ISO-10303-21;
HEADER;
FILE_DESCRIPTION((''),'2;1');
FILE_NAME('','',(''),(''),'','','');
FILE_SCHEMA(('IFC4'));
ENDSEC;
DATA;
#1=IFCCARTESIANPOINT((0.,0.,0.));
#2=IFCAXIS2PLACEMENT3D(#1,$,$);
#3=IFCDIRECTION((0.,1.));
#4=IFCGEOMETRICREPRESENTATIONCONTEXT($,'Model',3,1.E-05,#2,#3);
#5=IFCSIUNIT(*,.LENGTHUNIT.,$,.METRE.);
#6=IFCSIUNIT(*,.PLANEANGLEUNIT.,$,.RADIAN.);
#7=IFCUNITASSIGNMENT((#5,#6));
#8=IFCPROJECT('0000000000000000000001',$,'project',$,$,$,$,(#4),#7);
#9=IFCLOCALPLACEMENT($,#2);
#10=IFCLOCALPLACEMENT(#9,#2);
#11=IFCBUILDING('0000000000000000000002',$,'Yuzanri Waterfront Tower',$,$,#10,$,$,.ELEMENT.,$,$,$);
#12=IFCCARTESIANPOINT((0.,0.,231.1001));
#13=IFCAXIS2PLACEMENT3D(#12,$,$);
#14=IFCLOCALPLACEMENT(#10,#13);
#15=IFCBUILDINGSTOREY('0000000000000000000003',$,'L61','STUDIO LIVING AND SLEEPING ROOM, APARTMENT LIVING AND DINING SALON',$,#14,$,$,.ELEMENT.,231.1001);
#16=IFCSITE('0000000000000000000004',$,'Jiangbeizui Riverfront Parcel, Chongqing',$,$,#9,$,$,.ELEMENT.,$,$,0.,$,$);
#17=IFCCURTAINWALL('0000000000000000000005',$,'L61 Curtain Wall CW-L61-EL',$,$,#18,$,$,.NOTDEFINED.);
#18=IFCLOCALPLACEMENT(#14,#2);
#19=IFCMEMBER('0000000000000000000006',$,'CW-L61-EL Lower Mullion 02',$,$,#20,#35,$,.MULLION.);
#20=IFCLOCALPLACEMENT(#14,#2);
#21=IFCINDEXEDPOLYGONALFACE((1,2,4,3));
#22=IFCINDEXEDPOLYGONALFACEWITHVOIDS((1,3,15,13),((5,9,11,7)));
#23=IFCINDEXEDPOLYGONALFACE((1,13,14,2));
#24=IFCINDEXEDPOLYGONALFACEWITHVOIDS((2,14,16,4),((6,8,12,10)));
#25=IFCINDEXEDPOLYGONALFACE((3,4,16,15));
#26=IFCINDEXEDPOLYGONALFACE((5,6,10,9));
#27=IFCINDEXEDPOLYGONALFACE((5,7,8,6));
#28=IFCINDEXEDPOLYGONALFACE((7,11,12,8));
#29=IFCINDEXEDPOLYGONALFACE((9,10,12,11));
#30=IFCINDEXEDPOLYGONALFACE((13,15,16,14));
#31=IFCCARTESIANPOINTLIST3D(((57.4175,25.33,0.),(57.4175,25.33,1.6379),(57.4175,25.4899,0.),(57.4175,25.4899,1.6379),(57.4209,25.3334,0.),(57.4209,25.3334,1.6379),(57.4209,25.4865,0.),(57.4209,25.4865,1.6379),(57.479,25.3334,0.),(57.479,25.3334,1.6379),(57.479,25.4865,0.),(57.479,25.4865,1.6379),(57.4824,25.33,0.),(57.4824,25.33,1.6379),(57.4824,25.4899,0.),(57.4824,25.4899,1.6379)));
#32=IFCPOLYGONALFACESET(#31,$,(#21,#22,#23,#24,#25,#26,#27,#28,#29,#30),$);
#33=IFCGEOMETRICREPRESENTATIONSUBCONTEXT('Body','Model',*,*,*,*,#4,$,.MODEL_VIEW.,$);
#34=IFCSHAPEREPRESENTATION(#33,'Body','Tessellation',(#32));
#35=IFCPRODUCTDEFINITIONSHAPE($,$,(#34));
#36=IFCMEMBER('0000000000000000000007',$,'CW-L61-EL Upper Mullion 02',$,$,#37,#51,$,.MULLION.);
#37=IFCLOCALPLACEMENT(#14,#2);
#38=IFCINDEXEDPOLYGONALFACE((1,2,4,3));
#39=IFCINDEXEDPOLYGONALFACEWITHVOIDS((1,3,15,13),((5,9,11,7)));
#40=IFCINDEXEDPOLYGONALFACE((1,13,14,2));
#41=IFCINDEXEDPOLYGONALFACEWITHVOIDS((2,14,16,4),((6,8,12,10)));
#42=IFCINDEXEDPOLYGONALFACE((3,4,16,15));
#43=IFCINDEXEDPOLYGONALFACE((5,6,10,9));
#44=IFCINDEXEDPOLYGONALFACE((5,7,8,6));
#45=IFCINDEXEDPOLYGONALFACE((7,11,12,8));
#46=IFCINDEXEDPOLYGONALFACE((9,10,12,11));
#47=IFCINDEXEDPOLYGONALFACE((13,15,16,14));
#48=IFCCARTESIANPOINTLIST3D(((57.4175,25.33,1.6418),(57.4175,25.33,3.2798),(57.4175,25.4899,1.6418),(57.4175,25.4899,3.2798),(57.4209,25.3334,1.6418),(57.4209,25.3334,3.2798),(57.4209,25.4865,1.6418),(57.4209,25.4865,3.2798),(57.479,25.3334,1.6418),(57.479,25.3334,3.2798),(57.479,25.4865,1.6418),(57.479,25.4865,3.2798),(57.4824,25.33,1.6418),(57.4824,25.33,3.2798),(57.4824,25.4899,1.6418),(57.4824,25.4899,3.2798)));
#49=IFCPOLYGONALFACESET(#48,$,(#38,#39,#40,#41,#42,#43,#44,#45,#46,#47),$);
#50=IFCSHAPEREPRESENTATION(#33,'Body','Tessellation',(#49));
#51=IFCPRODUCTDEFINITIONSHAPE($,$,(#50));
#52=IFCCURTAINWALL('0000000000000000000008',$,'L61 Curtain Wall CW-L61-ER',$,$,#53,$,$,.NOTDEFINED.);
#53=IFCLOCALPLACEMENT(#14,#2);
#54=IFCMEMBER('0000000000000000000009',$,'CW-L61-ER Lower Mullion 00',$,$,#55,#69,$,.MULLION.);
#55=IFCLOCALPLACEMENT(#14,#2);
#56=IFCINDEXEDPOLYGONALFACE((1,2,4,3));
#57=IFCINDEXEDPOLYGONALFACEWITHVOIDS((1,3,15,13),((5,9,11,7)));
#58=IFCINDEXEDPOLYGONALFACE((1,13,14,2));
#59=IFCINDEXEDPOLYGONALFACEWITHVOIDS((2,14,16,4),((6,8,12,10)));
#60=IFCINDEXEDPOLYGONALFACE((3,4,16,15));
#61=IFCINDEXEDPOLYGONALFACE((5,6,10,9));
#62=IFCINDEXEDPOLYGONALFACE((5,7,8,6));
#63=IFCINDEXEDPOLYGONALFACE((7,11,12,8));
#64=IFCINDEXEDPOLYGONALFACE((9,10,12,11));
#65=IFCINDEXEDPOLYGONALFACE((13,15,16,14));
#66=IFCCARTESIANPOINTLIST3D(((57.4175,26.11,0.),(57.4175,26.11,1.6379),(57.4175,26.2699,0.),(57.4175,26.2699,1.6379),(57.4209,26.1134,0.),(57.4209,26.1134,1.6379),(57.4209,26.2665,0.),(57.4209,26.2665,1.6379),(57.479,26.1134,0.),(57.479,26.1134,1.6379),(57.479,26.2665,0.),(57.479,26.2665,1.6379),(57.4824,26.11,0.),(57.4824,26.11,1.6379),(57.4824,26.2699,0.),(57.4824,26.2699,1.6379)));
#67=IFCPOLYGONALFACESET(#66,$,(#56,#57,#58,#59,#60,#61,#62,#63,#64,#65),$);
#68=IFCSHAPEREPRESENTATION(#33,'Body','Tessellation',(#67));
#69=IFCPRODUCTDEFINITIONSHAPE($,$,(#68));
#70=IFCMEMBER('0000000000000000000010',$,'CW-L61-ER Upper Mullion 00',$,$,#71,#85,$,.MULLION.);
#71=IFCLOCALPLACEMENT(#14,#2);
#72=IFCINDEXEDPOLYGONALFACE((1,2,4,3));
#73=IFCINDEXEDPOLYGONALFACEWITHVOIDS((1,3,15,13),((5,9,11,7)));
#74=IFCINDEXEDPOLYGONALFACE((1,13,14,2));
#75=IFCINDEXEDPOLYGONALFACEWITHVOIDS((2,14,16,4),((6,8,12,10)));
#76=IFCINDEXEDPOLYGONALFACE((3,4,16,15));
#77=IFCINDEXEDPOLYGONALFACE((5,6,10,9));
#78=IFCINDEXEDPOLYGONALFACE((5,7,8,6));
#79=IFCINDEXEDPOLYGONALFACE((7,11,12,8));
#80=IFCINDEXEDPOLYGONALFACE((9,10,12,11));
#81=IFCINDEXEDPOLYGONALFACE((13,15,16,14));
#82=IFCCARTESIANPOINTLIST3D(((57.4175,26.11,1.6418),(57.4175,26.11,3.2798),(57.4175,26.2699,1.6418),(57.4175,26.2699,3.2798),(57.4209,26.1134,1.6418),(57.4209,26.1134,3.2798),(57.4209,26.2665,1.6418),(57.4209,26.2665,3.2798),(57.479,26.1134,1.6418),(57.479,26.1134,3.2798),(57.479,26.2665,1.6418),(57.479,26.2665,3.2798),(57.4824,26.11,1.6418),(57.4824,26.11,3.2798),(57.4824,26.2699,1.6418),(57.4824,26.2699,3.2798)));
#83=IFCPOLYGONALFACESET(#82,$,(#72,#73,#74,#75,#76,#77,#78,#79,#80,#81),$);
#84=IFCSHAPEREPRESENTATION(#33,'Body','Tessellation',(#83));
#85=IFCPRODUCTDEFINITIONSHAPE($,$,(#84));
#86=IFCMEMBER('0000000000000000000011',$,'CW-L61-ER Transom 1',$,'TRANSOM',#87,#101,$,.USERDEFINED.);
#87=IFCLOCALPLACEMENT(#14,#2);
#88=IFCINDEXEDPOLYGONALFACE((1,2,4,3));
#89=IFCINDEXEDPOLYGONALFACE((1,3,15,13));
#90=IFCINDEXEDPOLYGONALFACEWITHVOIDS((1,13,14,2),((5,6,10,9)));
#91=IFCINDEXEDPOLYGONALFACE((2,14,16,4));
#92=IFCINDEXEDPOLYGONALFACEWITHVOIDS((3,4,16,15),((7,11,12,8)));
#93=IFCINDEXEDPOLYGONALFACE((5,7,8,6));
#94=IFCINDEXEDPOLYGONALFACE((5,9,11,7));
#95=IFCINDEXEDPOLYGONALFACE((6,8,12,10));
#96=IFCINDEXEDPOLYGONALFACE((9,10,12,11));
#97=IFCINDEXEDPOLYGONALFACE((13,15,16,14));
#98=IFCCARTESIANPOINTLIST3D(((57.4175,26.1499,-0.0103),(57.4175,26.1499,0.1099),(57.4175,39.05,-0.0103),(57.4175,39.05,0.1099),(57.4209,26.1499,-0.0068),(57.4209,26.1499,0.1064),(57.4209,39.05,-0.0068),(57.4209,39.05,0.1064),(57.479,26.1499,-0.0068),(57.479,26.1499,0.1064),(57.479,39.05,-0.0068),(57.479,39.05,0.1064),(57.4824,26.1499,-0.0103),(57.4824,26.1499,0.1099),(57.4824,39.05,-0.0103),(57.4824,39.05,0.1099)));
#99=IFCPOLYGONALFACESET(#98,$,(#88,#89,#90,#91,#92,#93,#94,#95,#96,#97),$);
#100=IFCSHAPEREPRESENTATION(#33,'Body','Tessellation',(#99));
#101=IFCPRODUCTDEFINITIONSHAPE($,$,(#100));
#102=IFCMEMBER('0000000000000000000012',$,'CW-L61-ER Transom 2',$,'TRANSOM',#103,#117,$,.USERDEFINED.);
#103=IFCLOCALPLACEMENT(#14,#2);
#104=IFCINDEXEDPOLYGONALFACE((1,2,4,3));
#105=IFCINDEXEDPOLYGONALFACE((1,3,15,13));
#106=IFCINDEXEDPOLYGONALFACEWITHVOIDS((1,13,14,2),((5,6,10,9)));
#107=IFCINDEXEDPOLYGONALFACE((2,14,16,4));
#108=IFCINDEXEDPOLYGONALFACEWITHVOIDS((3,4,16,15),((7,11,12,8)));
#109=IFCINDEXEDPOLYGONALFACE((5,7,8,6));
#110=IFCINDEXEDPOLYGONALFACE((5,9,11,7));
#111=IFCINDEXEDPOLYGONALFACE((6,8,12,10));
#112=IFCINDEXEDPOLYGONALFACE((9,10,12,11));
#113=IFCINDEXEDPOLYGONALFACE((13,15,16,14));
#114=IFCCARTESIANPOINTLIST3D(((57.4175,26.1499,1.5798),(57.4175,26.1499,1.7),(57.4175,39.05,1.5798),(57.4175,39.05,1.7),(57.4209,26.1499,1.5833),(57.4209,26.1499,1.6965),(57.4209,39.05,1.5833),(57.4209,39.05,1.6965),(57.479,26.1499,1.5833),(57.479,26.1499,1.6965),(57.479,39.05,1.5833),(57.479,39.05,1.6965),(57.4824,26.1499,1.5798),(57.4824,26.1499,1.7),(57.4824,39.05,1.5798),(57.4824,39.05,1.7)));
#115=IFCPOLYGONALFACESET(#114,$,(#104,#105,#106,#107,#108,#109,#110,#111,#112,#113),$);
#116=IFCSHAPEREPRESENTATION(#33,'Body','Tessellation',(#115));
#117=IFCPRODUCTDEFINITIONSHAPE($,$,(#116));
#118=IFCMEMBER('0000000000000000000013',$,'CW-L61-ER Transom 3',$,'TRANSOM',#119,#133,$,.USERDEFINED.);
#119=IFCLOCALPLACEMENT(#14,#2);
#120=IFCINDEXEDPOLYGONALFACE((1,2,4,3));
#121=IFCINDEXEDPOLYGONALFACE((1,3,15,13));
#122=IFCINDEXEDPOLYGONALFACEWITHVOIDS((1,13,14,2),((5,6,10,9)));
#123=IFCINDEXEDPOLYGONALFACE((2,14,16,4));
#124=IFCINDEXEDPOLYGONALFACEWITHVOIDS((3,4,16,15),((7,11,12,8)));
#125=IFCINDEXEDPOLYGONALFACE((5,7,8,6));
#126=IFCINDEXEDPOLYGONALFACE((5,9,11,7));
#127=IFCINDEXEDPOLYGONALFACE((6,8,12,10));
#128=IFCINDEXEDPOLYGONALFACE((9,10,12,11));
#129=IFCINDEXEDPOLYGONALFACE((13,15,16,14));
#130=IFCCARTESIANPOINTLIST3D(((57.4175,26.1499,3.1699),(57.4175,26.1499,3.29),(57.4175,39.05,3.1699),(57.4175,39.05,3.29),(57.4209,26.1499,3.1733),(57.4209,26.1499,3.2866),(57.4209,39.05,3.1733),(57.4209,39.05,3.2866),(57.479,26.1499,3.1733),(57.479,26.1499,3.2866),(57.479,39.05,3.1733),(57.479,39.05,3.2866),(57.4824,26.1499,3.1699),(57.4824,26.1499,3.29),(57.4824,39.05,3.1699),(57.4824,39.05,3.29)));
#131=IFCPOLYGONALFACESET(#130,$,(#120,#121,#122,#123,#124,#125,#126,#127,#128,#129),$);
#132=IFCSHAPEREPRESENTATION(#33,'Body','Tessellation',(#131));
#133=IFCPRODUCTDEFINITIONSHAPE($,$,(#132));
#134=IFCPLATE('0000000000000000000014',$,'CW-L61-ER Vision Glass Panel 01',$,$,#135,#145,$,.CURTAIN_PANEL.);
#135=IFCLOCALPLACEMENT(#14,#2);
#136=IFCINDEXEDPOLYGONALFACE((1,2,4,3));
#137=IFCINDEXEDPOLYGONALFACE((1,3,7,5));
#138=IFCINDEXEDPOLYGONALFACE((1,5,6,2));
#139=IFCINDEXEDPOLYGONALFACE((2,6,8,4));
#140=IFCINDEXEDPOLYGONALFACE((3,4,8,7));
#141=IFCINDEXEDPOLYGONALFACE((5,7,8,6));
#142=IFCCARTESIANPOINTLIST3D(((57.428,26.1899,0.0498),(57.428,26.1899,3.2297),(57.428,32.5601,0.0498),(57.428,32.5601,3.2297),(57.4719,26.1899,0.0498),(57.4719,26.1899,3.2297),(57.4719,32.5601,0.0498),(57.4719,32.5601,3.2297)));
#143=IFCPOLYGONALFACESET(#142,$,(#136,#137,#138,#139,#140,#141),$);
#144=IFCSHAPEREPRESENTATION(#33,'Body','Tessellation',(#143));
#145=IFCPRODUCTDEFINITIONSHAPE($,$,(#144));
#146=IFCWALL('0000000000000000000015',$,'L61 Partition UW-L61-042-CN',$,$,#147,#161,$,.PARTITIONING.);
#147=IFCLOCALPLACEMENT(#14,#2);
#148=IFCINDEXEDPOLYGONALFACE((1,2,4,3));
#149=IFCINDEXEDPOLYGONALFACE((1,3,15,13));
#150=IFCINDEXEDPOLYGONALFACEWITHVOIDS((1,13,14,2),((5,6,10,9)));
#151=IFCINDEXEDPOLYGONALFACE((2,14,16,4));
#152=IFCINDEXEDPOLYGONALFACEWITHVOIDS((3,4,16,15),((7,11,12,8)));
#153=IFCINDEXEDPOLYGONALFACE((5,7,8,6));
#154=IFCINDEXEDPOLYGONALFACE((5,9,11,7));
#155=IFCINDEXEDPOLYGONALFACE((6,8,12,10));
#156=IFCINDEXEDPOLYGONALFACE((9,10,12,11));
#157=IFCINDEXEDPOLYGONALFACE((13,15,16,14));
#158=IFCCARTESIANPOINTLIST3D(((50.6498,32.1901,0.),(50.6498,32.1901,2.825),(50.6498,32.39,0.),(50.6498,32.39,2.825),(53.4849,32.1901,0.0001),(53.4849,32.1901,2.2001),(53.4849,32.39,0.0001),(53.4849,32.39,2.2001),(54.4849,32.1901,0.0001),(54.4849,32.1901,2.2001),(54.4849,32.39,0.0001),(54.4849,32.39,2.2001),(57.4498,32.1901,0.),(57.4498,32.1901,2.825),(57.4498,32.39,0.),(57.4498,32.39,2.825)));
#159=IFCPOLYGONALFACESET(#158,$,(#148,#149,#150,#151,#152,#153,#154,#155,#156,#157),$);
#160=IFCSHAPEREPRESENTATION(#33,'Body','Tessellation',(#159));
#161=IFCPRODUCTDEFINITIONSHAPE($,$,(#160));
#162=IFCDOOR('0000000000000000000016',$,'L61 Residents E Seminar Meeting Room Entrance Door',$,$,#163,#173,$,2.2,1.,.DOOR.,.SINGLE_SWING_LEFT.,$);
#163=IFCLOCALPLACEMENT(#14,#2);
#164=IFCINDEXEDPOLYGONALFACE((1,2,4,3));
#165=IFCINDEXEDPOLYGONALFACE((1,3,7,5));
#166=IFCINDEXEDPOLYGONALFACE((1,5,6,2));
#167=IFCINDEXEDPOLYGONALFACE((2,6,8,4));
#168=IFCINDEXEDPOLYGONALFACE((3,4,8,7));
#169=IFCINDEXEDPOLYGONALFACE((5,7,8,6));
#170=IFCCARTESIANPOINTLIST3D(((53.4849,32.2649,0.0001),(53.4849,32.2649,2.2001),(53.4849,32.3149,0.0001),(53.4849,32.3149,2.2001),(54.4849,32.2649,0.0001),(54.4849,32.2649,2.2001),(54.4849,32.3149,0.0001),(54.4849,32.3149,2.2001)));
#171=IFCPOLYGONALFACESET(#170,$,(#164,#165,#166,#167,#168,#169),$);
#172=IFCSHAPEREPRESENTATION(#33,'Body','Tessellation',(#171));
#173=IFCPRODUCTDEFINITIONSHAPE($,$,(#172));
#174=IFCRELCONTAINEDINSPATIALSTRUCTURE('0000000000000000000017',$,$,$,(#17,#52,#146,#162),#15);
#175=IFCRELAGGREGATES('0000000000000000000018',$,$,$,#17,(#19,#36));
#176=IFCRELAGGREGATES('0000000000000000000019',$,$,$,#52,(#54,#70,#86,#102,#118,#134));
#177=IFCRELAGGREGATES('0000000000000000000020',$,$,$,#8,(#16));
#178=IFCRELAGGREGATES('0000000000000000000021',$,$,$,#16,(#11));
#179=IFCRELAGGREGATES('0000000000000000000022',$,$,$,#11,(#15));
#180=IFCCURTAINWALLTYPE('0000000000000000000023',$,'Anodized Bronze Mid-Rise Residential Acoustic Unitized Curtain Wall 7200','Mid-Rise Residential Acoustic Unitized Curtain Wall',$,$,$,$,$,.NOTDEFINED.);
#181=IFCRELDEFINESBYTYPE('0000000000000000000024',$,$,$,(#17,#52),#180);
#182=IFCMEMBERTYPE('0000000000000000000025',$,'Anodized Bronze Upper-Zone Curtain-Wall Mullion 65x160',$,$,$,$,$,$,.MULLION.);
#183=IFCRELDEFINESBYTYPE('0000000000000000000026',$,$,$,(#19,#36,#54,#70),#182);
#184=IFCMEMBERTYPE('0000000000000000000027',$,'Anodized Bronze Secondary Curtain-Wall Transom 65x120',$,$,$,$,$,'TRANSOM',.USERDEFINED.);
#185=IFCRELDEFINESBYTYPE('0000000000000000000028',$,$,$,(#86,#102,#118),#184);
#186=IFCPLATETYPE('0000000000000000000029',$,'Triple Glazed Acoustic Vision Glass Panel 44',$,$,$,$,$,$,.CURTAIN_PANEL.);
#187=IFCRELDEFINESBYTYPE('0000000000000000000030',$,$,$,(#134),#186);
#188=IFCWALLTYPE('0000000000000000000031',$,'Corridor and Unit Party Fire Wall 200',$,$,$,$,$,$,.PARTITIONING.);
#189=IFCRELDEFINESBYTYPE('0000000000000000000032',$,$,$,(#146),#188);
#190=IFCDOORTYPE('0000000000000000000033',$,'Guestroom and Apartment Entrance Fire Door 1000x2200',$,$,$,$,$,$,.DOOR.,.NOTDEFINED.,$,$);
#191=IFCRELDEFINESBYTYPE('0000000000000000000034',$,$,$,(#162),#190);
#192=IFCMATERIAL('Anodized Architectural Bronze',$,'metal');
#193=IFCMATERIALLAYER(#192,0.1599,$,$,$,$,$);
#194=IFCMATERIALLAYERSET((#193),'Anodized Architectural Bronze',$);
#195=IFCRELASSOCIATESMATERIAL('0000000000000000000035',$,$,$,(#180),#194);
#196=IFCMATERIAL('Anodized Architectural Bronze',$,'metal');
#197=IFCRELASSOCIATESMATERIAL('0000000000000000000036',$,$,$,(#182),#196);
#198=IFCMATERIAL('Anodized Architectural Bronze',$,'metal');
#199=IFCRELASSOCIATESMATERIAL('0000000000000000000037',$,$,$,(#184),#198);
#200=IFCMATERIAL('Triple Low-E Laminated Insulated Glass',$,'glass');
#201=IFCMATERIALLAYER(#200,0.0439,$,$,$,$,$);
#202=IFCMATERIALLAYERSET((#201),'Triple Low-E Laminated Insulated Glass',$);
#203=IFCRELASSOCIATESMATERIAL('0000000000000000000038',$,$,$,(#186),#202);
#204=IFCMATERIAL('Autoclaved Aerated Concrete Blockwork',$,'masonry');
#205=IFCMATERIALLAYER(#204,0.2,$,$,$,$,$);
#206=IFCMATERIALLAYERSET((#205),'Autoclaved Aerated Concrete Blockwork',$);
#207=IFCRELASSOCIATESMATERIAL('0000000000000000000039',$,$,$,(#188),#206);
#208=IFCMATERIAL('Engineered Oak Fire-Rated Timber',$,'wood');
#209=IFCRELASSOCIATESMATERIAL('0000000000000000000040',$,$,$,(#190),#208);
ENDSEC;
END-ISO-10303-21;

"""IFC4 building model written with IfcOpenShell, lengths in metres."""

from ifc_helpers import new_model, si_unit, direction, frame, frame_2d, origin, origin_2d, place, context, subcontext, project, spatial, rectangle, hollow_rectangle, extrude, source, transform, mapped, material, layer, layer_set, material_profile, profile_set, type_object, element, fill, aggregate, save


model = new_model("IFC4")

# Units and contexts
model_context = context("Model", 3, precision=1e-05, world=origin(), true_north=direction((0.0, 1.0)))
body_context = subcontext(model_context, "Body", "Model", "MODEL_VIEW")
ifc_project = project(units=[si_unit("LENGTHUNIT", "METRE"), si_unit("PLANEANGLEUNIT", "RADIAN")], contexts=[model_context])

# Site, building, storey
site_placement = place(None, origin())
site = spatial("IfcSite", under=ifc_project, at=site_placement, Name="Jiangbeizui Riverfront Parcel, Chongqing", CompositionType="ELEMENT", RefElevation=0.0)
building_placement = place(site_placement, origin())
building = spatial("IfcBuilding", under=site, at=building_placement, Name="Yuzanri Waterfront Tower", CompositionType="ELEMENT")
storey_placement = place(building_placement, frame((0.0, 0.0, 231.1001)))
storey = spatial("IfcBuildingStorey", under=building, at=storey_placement, Name="L61", Description="STUDIO LIVING AND SLEEPING ROOM, APARTMENT LIVING AND DINING SALON", CompositionType="ELEMENT", Elevation=231.1001)

# Curtain wall, members
ifc_material_1 = material(Name="Anodized Architectural Bronze", Category="metal")
ifc_layer_1 = layer(ifc_material_1, 0.1599)
ifc_layer_set_1 = layer_set([ifc_layer_1], Name="Anodized Architectural Bronze")
curtain_wall_type = type_object("IfcCurtainWallType", Name="Anodized Bronze Mid-Rise Residential Acoustic Unitized Curtain Wall 7200", Description="Mid-Rise Residential Acoustic Unitized Curtain Wall", PredefinedType="NOTDEFINED", material=ifc_layer_set_1)
curtain_wall_1_placement = place(storey_placement, origin())
curtain_wall_1 = element("IfcCurtainWall", 1, at=curtain_wall_1_placement, inside=storey, type_object=curtain_wall_type, Name="L61 Curtain Wall CW-L61-EL", PredefinedType="NOTDEFINED")
ifc_material_2 = material(Name="Anodized Architectural Bronze", Category="metal")
ifc_material_profile_1 = material_profile(ifc_material_2, hollow_rectangle(XDim=0.0649, YDim=0.1599, WallThickness=0.0034, at=origin_2d()), Name="CWM 65x160")
ifc_profile_set_1 = profile_set([ifc_material_profile_1], Name="Anodized Architectural Bronze")
member_type_1 = type_object("IfcMemberType", Name="Anodized Bronze Upper-Zone Curtain-Wall Mullion 65x160", PredefinedType="MULLION", material=ifc_profile_set_1)
shared_shape_1 = source(origin(), body_context, "Body", "SweptSolid", [
    extrude(hollow_rectangle(XDim=0.0649, YDim=0.1599, WallThickness=0.0034, at=origin_2d()), origin(), (0.0, 0.0, 1.0), 1.6379),
])
member_1_placement = place(storey_placement, frame((57.45, 25.4099, 0.0), z_axis=(0.0, 0.0, 1.0), x_axis=(1.0, 0.0, 0.0)))
member_1 = element("IfcMember", 2, at=member_1_placement, type_object=member_type_1, Name="CW-L61-EL Lower Mullion 02", PredefinedType="MULLION", context=body_context, shape_type="MappedRepresentation", body=[
    mapped(shared_shape_1, transform((0.0, 0.0, 0.0), scale=1.0)),
])
member_2_placement = place(storey_placement, frame((57.45, 25.4099, 1.6418), z_axis=(0.0, 0.0, 1.0), x_axis=(1.0, 0.0, 0.0)))
member_2 = element("IfcMember", 3, at=member_2_placement, type_object=member_type_1, Name="CW-L61-EL Upper Mullion 02", PredefinedType="MULLION", context=body_context, shape_type="MappedRepresentation", body=[
    mapped(shared_shape_1, transform((0.0, 0.0, 0.0), scale=1.0)),
])
aggregate(curtain_wall_1, [member_1, member_2])

# Curtain wall, members, plate
curtain_wall_2_placement = place(storey_placement, origin())
curtain_wall_2 = element("IfcCurtainWall", 4, at=curtain_wall_2_placement, inside=storey, type_object=curtain_wall_type, Name="L61 Curtain Wall CW-L61-ER", PredefinedType="NOTDEFINED")
member_3_placement = place(storey_placement, frame((57.45, 26.1899, 0.0), z_axis=(0.0, 0.0, 1.0), x_axis=(1.0, 0.0, 0.0)))
member_3 = element("IfcMember", 5, at=member_3_placement, type_object=member_type_1, Name="CW-L61-ER Lower Mullion 00", PredefinedType="MULLION", context=body_context, shape_type="MappedRepresentation", body=[
    mapped(shared_shape_1, transform((0.0, 0.0, 0.0), scale=1.0)),
])
member_4_placement = place(storey_placement, frame((57.45, 26.1899, 1.6418), z_axis=(0.0, 0.0, 1.0), x_axis=(1.0, 0.0, 0.0)))
member_4 = element("IfcMember", 6, at=member_4_placement, type_object=member_type_1, Name="CW-L61-ER Upper Mullion 00", PredefinedType="MULLION", context=body_context, shape_type="MappedRepresentation", body=[
    mapped(shared_shape_1, transform((0.0, 0.0, 0.0), scale=1.0)),
])
ifc_material_3 = material(Name="Anodized Architectural Bronze", Category="metal")
ifc_material_profile_2 = material_profile(ifc_material_3, hollow_rectangle(XDim=0.0649, YDim=0.1201, WallThickness=0.0034, at=origin_2d()), Name="CWT 65x120")
ifc_profile_set_2 = profile_set([ifc_material_profile_2], Name="Anodized Architectural Bronze")
member_type_2 = type_object("IfcMemberType", Name="Anodized Bronze Secondary Curtain-Wall Transom 65x120", ElementType="TRANSOM", PredefinedType="USERDEFINED", material=ifc_profile_set_2)
shared_shape_2 = source(origin(), body_context, "Body", "SweptSolid", [
    extrude(hollow_rectangle(XDim=0.0649, YDim=0.1201, WallThickness=0.0034, at=origin_2d()), origin(), (0.0, 0.0, 1.0), 12.9001),
])
member_5_placement = place(storey_placement, frame((57.45, 26.1499, 0.0498), z_axis=(0.0, 1.0, 0.0), x_axis=(-1.0, 0.0, 0.0)))
member_5 = element("IfcMember", 7, at=member_5_placement, type_object=member_type_2, Name="CW-L61-ER Transom 1", ObjectType="TRANSOM", PredefinedType="USERDEFINED", context=body_context, shape_type="MappedRepresentation", body=[
    mapped(shared_shape_2, transform((0.0, 0.0, 0.0), scale=1.0)),
])
member_6_placement = place(storey_placement, frame((57.45, 26.1499, 1.6399), z_axis=(0.0, 1.0, 0.0), x_axis=(-1.0, 0.0, 0.0)))
member_6 = element("IfcMember", 8, at=member_6_placement, type_object=member_type_2, Name="CW-L61-ER Transom 2", ObjectType="TRANSOM", PredefinedType="USERDEFINED", context=body_context, shape_type="MappedRepresentation", body=[
    mapped(shared_shape_2, transform((0.0, 0.0, 0.0), scale=1.0)),
])
member_7_placement = place(storey_placement, frame((57.45, 26.1499, 3.23), z_axis=(0.0, 1.0, 0.0), x_axis=(-1.0, 0.0, 0.0)))
member_7 = element("IfcMember", 9, at=member_7_placement, type_object=member_type_2, Name="CW-L61-ER Transom 3", ObjectType="TRANSOM", PredefinedType="USERDEFINED", context=body_context, shape_type="MappedRepresentation", body=[
    mapped(shared_shape_2, transform((0.0, 0.0, 0.0), scale=1.0)),
])
ifc_material_4 = material(Name="Triple Low-E Laminated Insulated Glass", Category="glass")
ifc_layer_2 = layer(ifc_material_4, 0.0439)
ifc_layer_set_2 = layer_set([ifc_layer_2], Name="Triple Low-E Laminated Insulated Glass")
plate_type = type_object("IfcPlateType", Name="Triple Glazed Acoustic Vision Glass Panel 44", PredefinedType="CURTAIN_PANEL", material=ifc_layer_set_2)
shared_shape_3 = source(origin(), body_context, "Body", "SweptSolid", [
    extrude(rectangle(XDim=6.3701, YDim=0.0439, at=origin_2d()), origin(), (0.0, 0.0, 1.0), 3.1799),
])
plate_placement = place(storey_placement, frame((57.45, 29.375, 0.0498), z_axis=(0.0, 0.0, 1.0), x_axis=(0.0, 1.0, 0.0)))
plate = element("IfcPlate", 10, at=plate_placement, type_object=plate_type, Name="CW-L61-ER Vision Glass Panel 01", PredefinedType="CURTAIN_PANEL", context=body_context, shape_type="MappedRepresentation", body=[
    mapped(shared_shape_3, transform((0.0, 0.0, 0.0), scale=1.0)),
])
aggregate(curtain_wall_2, [member_3, member_4, member_5, member_6, member_7, plate])

# Wall, opening, door
ifc_material_5 = material(Name="Autoclaved Aerated Concrete Blockwork", Category="masonry")
ifc_layer_3 = layer(ifc_material_5, 0.2)
ifc_layer_set_3 = layer_set([ifc_layer_3], Name="Autoclaved Aerated Concrete Blockwork")
wall_type = type_object("IfcWallType", Name="Corridor and Unit Party Fire Wall 200", PredefinedType="PARTITIONING", material=ifc_layer_set_3)
wall_1_placement = place(storey_placement, frame((50.6499, 32.29, 0.0), z_axis=(0.0, 0.0, 1.0), x_axis=(1.0, 0.0, 0.0)))
wall_1 = element("IfcWall", 11, at=wall_1_placement, inside=storey, type_object=wall_type, Name="L61 Partition UW-L61-042-CN", PredefinedType="PARTITIONING", context=body_context, shape_type="SweptSolid", body=[
    extrude(rectangle(XDim=6.8, YDim=0.2, at=frame_2d((3.3999, 0.0))), origin(), (0.0, 0.0, 1.0), 2.825),
])
opening_placement = place(wall_1_placement, frame((2.835, 0.0, 0.0)))
opening = element("IfcOpeningElement", 12, at=opening_placement, cuts=wall_1, PredefinedType="OPENING", context=body_context, shape_type="SweptSolid", body=[
    extrude(rectangle(XDim=1.0, YDim=2.2, at=frame_2d((0.5, 1.1001))), frame((0.0, 0.1147, 0.0), z_axis=(0.0, -1.0, 0.0), x_axis=(1.0, 0.0, 0.0)), (0.0, 0.0, 1.0), 0.2297),
])
ifc_material_6 = material(Name="Engineered Oak Fire-Rated Timber", Category="wood")
door_type = type_object("IfcDoorType", Name="Guestroom and Apartment Entrance Fire Door 1000x2200", OperationType="NOTDEFINED", PredefinedType="DOOR", material=ifc_material_6)
shared_shape_4 = source(origin(), body_context, "Body", "SweptSolid", [
    extrude(rectangle(XDim=1.0, YDim=2.2, at=frame_2d((0.5, 1.1001))), frame((0.0, 0.0249, 0.0), z_axis=(0.0, -1.0, 0.0), x_axis=(1.0, 0.0, 0.0)), (0.0, 0.0, 1.0), 0.05),
])
door_placement = place(opening_placement, origin())
door = element("IfcDoor", 13, at=door_placement, inside=storey, type_object=door_type, Name="L61 Residents E Seminar Meeting Room Entrance Door", OperationType="SINGLE_SWING_LEFT", OverallHeight=2.2, OverallWidth=1.0, PredefinedType="DOOR", context=body_context, shape_type="MappedRepresentation", body=[
    mapped(shared_shape_4, transform((0.0, 0.0, 0.0), scale=1.0)),
])
fill(opening, door)

save(model, "model.ifc")
